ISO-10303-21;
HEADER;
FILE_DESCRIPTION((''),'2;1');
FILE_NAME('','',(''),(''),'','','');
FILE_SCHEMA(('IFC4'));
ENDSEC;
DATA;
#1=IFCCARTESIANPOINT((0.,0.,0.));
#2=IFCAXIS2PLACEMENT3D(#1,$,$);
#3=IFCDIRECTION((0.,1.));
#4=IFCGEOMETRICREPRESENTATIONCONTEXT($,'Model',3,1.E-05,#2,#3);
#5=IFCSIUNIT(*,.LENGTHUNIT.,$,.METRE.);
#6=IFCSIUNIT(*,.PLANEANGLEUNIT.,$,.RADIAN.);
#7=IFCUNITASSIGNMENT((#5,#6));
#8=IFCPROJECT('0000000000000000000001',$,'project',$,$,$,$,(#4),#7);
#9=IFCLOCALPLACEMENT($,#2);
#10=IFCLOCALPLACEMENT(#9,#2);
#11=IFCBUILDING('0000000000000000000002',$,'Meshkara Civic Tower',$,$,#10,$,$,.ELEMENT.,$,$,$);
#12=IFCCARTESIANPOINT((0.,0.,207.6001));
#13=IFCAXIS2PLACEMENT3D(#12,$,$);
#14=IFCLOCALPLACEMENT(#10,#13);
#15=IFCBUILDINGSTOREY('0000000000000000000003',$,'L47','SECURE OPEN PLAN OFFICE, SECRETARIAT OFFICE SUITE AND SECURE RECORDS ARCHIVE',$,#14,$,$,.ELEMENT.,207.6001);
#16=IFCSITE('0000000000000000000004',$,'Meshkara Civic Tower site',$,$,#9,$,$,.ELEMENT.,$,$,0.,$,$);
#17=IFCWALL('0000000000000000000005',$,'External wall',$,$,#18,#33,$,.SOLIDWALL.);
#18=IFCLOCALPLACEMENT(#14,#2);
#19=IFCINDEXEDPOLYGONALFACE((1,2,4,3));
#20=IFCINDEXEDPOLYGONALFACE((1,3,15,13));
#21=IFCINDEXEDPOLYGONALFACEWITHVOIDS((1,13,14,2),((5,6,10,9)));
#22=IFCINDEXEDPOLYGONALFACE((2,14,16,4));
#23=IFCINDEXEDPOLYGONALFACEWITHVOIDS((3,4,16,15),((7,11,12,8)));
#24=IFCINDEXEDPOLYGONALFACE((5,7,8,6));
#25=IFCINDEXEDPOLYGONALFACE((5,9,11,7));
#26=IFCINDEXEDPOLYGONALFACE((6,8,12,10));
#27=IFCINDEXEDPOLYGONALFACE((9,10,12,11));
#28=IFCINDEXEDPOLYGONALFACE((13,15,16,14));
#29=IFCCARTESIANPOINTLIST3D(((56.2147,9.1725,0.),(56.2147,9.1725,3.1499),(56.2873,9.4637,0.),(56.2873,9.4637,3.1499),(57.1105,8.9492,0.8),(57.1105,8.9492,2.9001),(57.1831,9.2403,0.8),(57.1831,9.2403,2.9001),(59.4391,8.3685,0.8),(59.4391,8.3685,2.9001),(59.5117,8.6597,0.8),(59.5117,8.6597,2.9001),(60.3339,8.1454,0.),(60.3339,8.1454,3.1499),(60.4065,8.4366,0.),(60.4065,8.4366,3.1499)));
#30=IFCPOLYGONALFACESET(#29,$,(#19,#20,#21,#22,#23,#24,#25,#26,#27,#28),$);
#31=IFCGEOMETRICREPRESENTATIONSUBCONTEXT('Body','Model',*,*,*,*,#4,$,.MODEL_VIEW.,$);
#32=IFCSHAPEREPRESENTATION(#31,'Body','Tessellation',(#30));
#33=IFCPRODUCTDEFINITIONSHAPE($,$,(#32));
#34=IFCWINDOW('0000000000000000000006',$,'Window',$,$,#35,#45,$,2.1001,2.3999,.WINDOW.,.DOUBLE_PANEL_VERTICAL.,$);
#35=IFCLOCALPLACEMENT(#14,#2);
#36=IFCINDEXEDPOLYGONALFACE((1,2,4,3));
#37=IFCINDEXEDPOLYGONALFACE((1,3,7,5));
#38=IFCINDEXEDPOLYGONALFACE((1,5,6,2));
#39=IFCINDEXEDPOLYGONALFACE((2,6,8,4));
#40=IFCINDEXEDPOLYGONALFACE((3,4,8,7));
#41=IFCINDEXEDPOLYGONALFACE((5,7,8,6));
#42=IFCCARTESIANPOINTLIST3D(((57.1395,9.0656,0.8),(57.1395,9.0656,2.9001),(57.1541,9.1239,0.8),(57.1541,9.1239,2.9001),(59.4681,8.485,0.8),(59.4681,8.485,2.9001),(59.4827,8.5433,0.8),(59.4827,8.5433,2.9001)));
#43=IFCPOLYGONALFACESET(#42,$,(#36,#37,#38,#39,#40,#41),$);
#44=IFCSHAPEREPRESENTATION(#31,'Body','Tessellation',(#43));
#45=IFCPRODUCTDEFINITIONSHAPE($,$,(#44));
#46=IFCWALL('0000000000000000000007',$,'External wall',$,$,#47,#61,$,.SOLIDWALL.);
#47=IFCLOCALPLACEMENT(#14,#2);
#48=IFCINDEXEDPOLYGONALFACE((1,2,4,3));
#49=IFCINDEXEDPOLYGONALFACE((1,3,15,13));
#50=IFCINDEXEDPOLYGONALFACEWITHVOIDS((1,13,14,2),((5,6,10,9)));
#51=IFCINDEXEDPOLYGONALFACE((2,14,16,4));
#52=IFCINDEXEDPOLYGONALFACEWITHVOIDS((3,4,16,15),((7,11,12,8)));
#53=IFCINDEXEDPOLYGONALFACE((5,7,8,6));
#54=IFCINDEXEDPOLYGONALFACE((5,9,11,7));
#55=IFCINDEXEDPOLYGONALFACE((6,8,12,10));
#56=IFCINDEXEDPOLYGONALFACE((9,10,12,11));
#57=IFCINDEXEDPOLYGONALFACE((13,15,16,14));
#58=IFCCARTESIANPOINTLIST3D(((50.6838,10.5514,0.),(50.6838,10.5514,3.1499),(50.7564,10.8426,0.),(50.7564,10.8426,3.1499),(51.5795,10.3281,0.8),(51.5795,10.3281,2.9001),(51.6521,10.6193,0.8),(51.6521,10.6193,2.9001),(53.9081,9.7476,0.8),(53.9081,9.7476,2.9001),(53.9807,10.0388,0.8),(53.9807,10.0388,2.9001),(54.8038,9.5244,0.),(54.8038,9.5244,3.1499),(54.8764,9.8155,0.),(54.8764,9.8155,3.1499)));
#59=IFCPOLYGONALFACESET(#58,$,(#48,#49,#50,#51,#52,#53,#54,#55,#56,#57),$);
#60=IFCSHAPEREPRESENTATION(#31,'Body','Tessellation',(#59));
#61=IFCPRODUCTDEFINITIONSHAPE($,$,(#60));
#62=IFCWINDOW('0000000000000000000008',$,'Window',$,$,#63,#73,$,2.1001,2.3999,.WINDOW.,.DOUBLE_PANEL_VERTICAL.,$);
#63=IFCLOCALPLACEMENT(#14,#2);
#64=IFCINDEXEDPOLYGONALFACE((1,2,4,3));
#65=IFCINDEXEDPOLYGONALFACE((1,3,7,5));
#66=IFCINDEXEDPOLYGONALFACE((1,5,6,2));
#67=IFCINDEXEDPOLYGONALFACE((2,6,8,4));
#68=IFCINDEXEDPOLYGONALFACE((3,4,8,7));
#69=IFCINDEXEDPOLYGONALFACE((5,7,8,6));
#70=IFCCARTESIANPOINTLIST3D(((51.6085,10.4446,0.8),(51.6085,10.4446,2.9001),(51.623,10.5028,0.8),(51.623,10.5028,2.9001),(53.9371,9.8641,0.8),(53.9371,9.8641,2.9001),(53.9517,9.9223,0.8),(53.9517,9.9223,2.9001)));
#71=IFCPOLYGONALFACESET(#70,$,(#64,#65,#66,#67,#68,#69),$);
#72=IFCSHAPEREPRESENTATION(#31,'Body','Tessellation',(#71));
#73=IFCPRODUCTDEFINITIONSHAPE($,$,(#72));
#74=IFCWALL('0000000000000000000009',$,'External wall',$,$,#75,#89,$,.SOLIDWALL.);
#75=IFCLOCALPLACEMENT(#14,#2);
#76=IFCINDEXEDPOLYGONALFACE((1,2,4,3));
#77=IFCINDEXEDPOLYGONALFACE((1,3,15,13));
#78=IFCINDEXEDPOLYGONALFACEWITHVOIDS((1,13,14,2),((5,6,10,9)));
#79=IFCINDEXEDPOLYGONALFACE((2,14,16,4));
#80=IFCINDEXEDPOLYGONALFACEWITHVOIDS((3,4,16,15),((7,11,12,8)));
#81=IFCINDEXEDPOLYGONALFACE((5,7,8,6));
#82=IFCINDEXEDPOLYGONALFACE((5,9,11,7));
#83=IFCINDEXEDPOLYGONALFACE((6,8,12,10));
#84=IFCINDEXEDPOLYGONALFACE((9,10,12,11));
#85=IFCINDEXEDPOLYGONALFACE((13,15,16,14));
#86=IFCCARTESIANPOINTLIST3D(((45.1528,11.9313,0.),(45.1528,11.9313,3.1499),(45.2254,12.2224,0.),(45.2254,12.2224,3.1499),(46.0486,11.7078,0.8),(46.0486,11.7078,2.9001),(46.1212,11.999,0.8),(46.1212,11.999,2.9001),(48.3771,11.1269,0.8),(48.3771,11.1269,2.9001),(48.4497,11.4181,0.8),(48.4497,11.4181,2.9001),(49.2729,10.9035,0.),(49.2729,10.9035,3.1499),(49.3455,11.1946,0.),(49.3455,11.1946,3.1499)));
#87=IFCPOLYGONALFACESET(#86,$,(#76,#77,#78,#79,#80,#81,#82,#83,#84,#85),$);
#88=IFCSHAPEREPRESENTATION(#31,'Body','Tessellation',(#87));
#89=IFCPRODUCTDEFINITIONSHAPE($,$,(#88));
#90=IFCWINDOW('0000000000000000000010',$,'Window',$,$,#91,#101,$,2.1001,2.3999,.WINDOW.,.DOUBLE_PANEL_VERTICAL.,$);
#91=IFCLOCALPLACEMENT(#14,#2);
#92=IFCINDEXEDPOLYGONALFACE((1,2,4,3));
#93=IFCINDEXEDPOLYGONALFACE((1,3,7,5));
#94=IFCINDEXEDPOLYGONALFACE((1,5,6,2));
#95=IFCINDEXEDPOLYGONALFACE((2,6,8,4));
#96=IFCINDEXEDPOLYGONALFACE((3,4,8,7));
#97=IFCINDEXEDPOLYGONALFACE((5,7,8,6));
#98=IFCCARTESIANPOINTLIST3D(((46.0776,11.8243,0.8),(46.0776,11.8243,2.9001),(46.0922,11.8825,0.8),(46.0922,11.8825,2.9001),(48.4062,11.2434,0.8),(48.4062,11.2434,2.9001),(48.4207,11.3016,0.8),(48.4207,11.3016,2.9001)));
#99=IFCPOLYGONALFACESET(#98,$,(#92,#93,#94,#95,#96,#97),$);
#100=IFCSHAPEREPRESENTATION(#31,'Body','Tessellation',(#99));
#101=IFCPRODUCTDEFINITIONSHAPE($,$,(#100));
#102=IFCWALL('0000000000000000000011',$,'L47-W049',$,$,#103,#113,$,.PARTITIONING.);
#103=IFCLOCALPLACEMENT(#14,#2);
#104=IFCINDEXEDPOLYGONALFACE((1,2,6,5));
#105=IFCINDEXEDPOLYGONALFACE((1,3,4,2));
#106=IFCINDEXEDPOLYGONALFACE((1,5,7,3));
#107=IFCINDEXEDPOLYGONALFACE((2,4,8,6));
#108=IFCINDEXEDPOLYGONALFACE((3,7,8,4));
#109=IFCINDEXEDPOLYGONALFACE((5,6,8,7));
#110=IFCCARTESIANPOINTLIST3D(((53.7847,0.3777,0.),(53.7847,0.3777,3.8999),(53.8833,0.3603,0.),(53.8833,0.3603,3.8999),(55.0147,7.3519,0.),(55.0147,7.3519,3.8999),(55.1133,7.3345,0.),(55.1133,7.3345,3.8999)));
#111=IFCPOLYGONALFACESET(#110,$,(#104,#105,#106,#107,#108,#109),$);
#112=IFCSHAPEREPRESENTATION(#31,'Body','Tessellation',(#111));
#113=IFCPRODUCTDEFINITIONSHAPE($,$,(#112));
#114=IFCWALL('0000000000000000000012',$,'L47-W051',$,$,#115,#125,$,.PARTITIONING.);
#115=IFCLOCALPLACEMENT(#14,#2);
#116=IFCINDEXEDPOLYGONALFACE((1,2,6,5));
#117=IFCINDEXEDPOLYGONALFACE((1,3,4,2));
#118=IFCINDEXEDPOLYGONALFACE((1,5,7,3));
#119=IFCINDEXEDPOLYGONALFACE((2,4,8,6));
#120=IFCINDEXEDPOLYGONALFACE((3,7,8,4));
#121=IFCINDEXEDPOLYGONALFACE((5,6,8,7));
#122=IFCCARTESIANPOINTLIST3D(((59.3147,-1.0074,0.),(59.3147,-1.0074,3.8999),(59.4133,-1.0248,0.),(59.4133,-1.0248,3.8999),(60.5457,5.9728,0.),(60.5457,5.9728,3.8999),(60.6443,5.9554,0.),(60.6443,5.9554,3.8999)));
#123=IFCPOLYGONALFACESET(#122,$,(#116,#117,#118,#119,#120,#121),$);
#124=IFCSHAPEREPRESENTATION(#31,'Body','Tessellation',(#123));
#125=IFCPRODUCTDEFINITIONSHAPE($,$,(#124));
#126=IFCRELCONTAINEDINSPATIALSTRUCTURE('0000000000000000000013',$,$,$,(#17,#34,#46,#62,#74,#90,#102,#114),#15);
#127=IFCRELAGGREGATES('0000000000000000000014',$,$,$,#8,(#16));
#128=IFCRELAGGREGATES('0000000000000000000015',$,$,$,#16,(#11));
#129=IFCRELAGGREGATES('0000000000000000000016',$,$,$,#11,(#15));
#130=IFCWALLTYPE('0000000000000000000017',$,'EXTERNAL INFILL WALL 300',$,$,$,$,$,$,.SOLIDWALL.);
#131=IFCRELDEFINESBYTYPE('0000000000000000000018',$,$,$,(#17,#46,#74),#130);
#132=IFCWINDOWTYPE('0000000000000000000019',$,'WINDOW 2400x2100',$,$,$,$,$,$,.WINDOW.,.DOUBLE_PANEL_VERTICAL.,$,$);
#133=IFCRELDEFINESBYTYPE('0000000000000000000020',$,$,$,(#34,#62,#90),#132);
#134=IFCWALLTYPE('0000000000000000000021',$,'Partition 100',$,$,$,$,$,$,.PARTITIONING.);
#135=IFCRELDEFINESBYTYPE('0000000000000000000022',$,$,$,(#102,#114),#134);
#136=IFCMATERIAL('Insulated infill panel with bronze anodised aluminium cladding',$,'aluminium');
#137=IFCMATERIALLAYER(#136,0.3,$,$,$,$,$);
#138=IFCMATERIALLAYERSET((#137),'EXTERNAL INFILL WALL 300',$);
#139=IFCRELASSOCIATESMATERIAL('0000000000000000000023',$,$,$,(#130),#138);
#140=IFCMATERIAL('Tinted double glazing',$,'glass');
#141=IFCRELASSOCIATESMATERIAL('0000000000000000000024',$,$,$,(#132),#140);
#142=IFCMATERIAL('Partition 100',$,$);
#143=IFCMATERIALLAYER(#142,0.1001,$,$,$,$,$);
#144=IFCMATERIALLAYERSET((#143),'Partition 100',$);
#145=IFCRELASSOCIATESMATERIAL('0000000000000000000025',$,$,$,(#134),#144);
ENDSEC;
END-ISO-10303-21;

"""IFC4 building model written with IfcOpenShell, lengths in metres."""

from ifc_helpers import new_model, si_unit, direction, frame, frame_2d, origin, place, context, subcontext, project, spatial, rectangle, extrude, material, layer, layer_set, type_object, element, fill, save


model = new_model("IFC4")

# Units and contexts
model_context = context("Model", 3, precision=1e-05, world=origin(), true_north=direction((0.0, 1.0)))
body_context = subcontext(model_context, "Body", "Model", "MODEL_VIEW")
ifc_project = project(units=[si_unit("LENGTHUNIT", "METRE"), si_unit("PLANEANGLEUNIT", "RADIAN")], contexts=[model_context])

# Site, building, storey
site_placement = place(None, origin())
site = spatial("IfcSite", under=ifc_project, at=site_placement, Name="Meshkara Civic Tower site", CompositionType="ELEMENT", RefElevation=0.0)
building_placement = place(site_placement, origin())
building = spatial("IfcBuilding", under=site, at=building_placement, Name="Meshkara Civic Tower", CompositionType="ELEMENT")
storey_placement = place(building_placement, frame((0.0, 0.0, 207.6001)))
storey = spatial("IfcBuildingStorey", under=building, at=storey_placement, Name="L47", Description="SECURE OPEN PLAN OFFICE, SECRETARIAT OFFICE SUITE AND SECURE RECORDS ARCHIVE", CompositionType="ELEMENT", Elevation=207.6001)

# Walls, openings, windows
ifc_material_1 = material(Name="Insulated infill panel with bronze anodised aluminium cladding", Category="aluminium")
ifc_layer_1 = layer(ifc_material_1, 0.3)
ifc_layer_set_1 = layer_set([ifc_layer_1], Name="EXTERNAL INFILL WALL 300")
wall_type_1 = type_object("IfcWallType", Name="EXTERNAL INFILL WALL 300", PredefinedType="SOLIDWALL", material=ifc_layer_set_1)
wall_1_placement = place(storey_placement, frame((60.3701, 8.291, 0.0), z_axis=(0.0, 0.0, 1.0), x_axis=(-0.970291, 0.24194, 0.0)))
wall_1 = element("IfcWall", 1, at=wall_1_placement, inside=storey, type_object=wall_type_1, Name="External wall", PredefinedType="SOLIDWALL", context=body_context, shape_type="SweptSolid", body=[
    extrude(rectangle(XDim=4.2454, YDim=0.3, at=frame_2d((2.1226, 0.0))), origin(), (0.0, 0.0, 1.0), 3.1499),
])
opening_1_placement = place(wall_1_placement, frame((0.9221, 0.0, 0.8)))
opening_1 = element("IfcOpeningElement", 2, at=opening_1_placement, cuts=wall_1, PredefinedType="OPENING", context=body_context, shape_type="SweptSolid", body=[
    extrude(rectangle(XDim=2.3999, YDim=2.1001, at=frame_2d((1.2, 1.05))), frame((0.0, 0.1599, 0.0), z_axis=(0.0, -1.0, 0.0), x_axis=(1.0, 0.0, 0.0)), (0.0, 0.0, 1.0), 0.3201),
])
ifc_material_2 = material(Name="Tinted double glazing", Category="glass")
window_type = type_object("IfcWindowType", Name="WINDOW 2400x2100", PartitioningType="DOUBLE_PANEL_VERTICAL", PredefinedType="WINDOW", material=ifc_material_2)
window_1_placement = place(opening_1_placement, origin())
window_1 = element("IfcWindow", 3, at=window_1_placement, inside=storey, type_object=window_type, Name="Window", OverallHeight=2.1001, OverallWidth=2.3999, PartitioningType="DOUBLE_PANEL_VERTICAL", PredefinedType="WINDOW", context=body_context, shape_type="SweptSolid", body=[
    extrude(rectangle(XDim=2.3999, YDim=2.1001, at=frame_2d((1.2, 1.05))), frame((0.0, 0.03, 0.0), z_axis=(0.0, -1.0, 0.0), x_axis=(1.0, 0.0, 0.0)), (0.0, 0.0, 1.0), 0.0601),
])
fill(opening_1, window_1)
wall_2_placement = place(storey_placement, frame((54.8401, 9.6699, 0.0), z_axis=(0.0, 0.0, 1.0), x_axis=(-0.970305, 0.241886, 0.0)))
wall_2 = element("IfcWall", 4, at=wall_2_placement, inside=storey, type_object=wall_type_1, Name="External wall", PredefinedType="SOLIDWALL", context=body_context, shape_type="SweptSolid", body=[
    extrude(rectangle(XDim=4.2461, YDim=0.3, at=frame_2d((2.123, 0.0))), origin(), (0.0, 0.0, 1.0), 3.1499),
])
opening_2_placement = place(wall_2_placement, frame((0.9231, 0.0, 0.8)))
opening_2 = element("IfcOpeningElement", 5, at=opening_2_placement, cuts=wall_2, PredefinedType="OPENING", context=body_context, shape_type="SweptSolid", body=[
    extrude(rectangle(XDim=2.3999, YDim=2.1001, at=frame_2d((1.2, 1.05))), frame((0.0, 0.1599, 0.0), z_axis=(0.0, -1.0, 0.0), x_axis=(1.0, 0.0, 0.0)), (0.0, 0.0, 1.0), 0.3201),
])
window_2_placement = place(opening_2_placement, origin())
window_2 = element("IfcWindow", 6, at=window_2_placement, inside=storey, type_object=window_type, Name="Window", OverallHeight=2.1001, OverallWidth=2.3999, PartitioningType="DOUBLE_PANEL_VERTICAL", PredefinedType="WINDOW", context=body_context, shape_type="SweptSolid", body=[
    extrude(rectangle(XDim=2.3999, YDim=2.1001, at=frame_2d((1.2, 1.05))), frame((0.0, 0.03, 0.0), z_axis=(0.0, -1.0, 0.0), x_axis=(1.0, 0.0, 0.0)), (0.0, 0.0, 1.0), 0.0601),
])
fill(opening_2, window_2)
wall_3_placement = place(storey_placement, frame((49.3091, 11.0491, 0.0), z_axis=(0.0, 0.0, 1.0), x_axis=(-0.970264, 0.242049, 0.0)))
wall_3 = element("IfcWall", 7, at=wall_3_placement, inside=storey, type_object=wall_type_1, Name="External wall", PredefinedType="SOLIDWALL", context=body_context, shape_type="SweptSolid", body=[
    extrude(rectangle(XDim=4.2463, YDim=0.3, at=frame_2d((2.123, 0.0))), origin(), (0.0, 0.0, 1.0), 3.1499),
])
opening_3_placement = place(wall_3_placement, frame((0.9231, 0.0, 0.8)))
opening_3 = element("IfcOpeningElement", 8, at=opening_3_placement, cuts=wall_3, PredefinedType="OPENING", context=body_context, shape_type="SweptSolid", body=[
    extrude(rectangle(XDim=2.3999, YDim=2.1001, at=frame_2d((1.2, 1.05))), frame((0.0, 0.1599, 0.0), z_axis=(0.0, -1.0, 0.0), x_axis=(1.0, 0.0, 0.0)), (0.0, 0.0, 1.0), 0.3201),
])
window_3_placement = place(opening_3_placement, origin())
window_3 = element("IfcWindow", 9, at=window_3_placement, inside=storey, type_object=window_type, Name="Window", OverallHeight=2.1001, OverallWidth=2.3999, PartitioningType="DOUBLE_PANEL_VERTICAL", PredefinedType="WINDOW", context=body_context, shape_type="SweptSolid", body=[
    extrude(rectangle(XDim=2.3999, YDim=2.1001, at=frame_2d((1.2, 1.05))), frame((0.0, 0.03, 0.0), z_axis=(0.0, -1.0, 0.0), x_axis=(1.0, 0.0, 0.0)), (0.0, 0.0, 1.0), 0.0601),
])
fill(opening_3, window_3)

# Walls
ifc_material_3 = material(Name="Partition 100")
ifc_layer_2 = layer(ifc_material_3, 0.1001)
ifc_layer_set_2 = layer_set([ifc_layer_2], Name="Partition 100")
wall_type_2 = type_object("IfcWallType", Name="Partition 100", PredefinedType="PARTITIONING", material=ifc_layer_set_2)
wall_4_placement = place(storey_placement, frame((53.834, 0.3689, 0.0), z_axis=(0.0, 0.0, 1.0), x_axis=(0.173683, 0.984802, 0.0)))
element("IfcWall", 10, at=wall_4_placement, inside=storey, type_object=wall_type_2, Name="L47-W049", PredefinedType="PARTITIONING", context=body_context, shape_type="SweptSolid", body=[
    extrude(rectangle(XDim=7.0818, YDim=0.1001, at=frame_2d((3.541, 0.0))), origin(), (0.0, 0.0, 1.0), 3.8999),
])
wall_5_placement = place(storey_placement, frame((59.364, -1.0161, 0.0), z_axis=(0.0, 0.0, 1.0), x_axis=(0.173669, 0.984804, 0.0)))
element("IfcWall", 11, at=wall_5_placement, inside=storey, type_object=wall_type_2, Name="L47-W051", PredefinedType="PARTITIONING", context=body_context, shape_type="SweptSolid", body=[
    extrude(rectangle(XDim=7.0879, YDim=0.1001, at=frame_2d((3.5439, 0.0))), origin(), (0.0, 0.0, 1.0), 3.8999),
])

save(model, "model.ifc")
